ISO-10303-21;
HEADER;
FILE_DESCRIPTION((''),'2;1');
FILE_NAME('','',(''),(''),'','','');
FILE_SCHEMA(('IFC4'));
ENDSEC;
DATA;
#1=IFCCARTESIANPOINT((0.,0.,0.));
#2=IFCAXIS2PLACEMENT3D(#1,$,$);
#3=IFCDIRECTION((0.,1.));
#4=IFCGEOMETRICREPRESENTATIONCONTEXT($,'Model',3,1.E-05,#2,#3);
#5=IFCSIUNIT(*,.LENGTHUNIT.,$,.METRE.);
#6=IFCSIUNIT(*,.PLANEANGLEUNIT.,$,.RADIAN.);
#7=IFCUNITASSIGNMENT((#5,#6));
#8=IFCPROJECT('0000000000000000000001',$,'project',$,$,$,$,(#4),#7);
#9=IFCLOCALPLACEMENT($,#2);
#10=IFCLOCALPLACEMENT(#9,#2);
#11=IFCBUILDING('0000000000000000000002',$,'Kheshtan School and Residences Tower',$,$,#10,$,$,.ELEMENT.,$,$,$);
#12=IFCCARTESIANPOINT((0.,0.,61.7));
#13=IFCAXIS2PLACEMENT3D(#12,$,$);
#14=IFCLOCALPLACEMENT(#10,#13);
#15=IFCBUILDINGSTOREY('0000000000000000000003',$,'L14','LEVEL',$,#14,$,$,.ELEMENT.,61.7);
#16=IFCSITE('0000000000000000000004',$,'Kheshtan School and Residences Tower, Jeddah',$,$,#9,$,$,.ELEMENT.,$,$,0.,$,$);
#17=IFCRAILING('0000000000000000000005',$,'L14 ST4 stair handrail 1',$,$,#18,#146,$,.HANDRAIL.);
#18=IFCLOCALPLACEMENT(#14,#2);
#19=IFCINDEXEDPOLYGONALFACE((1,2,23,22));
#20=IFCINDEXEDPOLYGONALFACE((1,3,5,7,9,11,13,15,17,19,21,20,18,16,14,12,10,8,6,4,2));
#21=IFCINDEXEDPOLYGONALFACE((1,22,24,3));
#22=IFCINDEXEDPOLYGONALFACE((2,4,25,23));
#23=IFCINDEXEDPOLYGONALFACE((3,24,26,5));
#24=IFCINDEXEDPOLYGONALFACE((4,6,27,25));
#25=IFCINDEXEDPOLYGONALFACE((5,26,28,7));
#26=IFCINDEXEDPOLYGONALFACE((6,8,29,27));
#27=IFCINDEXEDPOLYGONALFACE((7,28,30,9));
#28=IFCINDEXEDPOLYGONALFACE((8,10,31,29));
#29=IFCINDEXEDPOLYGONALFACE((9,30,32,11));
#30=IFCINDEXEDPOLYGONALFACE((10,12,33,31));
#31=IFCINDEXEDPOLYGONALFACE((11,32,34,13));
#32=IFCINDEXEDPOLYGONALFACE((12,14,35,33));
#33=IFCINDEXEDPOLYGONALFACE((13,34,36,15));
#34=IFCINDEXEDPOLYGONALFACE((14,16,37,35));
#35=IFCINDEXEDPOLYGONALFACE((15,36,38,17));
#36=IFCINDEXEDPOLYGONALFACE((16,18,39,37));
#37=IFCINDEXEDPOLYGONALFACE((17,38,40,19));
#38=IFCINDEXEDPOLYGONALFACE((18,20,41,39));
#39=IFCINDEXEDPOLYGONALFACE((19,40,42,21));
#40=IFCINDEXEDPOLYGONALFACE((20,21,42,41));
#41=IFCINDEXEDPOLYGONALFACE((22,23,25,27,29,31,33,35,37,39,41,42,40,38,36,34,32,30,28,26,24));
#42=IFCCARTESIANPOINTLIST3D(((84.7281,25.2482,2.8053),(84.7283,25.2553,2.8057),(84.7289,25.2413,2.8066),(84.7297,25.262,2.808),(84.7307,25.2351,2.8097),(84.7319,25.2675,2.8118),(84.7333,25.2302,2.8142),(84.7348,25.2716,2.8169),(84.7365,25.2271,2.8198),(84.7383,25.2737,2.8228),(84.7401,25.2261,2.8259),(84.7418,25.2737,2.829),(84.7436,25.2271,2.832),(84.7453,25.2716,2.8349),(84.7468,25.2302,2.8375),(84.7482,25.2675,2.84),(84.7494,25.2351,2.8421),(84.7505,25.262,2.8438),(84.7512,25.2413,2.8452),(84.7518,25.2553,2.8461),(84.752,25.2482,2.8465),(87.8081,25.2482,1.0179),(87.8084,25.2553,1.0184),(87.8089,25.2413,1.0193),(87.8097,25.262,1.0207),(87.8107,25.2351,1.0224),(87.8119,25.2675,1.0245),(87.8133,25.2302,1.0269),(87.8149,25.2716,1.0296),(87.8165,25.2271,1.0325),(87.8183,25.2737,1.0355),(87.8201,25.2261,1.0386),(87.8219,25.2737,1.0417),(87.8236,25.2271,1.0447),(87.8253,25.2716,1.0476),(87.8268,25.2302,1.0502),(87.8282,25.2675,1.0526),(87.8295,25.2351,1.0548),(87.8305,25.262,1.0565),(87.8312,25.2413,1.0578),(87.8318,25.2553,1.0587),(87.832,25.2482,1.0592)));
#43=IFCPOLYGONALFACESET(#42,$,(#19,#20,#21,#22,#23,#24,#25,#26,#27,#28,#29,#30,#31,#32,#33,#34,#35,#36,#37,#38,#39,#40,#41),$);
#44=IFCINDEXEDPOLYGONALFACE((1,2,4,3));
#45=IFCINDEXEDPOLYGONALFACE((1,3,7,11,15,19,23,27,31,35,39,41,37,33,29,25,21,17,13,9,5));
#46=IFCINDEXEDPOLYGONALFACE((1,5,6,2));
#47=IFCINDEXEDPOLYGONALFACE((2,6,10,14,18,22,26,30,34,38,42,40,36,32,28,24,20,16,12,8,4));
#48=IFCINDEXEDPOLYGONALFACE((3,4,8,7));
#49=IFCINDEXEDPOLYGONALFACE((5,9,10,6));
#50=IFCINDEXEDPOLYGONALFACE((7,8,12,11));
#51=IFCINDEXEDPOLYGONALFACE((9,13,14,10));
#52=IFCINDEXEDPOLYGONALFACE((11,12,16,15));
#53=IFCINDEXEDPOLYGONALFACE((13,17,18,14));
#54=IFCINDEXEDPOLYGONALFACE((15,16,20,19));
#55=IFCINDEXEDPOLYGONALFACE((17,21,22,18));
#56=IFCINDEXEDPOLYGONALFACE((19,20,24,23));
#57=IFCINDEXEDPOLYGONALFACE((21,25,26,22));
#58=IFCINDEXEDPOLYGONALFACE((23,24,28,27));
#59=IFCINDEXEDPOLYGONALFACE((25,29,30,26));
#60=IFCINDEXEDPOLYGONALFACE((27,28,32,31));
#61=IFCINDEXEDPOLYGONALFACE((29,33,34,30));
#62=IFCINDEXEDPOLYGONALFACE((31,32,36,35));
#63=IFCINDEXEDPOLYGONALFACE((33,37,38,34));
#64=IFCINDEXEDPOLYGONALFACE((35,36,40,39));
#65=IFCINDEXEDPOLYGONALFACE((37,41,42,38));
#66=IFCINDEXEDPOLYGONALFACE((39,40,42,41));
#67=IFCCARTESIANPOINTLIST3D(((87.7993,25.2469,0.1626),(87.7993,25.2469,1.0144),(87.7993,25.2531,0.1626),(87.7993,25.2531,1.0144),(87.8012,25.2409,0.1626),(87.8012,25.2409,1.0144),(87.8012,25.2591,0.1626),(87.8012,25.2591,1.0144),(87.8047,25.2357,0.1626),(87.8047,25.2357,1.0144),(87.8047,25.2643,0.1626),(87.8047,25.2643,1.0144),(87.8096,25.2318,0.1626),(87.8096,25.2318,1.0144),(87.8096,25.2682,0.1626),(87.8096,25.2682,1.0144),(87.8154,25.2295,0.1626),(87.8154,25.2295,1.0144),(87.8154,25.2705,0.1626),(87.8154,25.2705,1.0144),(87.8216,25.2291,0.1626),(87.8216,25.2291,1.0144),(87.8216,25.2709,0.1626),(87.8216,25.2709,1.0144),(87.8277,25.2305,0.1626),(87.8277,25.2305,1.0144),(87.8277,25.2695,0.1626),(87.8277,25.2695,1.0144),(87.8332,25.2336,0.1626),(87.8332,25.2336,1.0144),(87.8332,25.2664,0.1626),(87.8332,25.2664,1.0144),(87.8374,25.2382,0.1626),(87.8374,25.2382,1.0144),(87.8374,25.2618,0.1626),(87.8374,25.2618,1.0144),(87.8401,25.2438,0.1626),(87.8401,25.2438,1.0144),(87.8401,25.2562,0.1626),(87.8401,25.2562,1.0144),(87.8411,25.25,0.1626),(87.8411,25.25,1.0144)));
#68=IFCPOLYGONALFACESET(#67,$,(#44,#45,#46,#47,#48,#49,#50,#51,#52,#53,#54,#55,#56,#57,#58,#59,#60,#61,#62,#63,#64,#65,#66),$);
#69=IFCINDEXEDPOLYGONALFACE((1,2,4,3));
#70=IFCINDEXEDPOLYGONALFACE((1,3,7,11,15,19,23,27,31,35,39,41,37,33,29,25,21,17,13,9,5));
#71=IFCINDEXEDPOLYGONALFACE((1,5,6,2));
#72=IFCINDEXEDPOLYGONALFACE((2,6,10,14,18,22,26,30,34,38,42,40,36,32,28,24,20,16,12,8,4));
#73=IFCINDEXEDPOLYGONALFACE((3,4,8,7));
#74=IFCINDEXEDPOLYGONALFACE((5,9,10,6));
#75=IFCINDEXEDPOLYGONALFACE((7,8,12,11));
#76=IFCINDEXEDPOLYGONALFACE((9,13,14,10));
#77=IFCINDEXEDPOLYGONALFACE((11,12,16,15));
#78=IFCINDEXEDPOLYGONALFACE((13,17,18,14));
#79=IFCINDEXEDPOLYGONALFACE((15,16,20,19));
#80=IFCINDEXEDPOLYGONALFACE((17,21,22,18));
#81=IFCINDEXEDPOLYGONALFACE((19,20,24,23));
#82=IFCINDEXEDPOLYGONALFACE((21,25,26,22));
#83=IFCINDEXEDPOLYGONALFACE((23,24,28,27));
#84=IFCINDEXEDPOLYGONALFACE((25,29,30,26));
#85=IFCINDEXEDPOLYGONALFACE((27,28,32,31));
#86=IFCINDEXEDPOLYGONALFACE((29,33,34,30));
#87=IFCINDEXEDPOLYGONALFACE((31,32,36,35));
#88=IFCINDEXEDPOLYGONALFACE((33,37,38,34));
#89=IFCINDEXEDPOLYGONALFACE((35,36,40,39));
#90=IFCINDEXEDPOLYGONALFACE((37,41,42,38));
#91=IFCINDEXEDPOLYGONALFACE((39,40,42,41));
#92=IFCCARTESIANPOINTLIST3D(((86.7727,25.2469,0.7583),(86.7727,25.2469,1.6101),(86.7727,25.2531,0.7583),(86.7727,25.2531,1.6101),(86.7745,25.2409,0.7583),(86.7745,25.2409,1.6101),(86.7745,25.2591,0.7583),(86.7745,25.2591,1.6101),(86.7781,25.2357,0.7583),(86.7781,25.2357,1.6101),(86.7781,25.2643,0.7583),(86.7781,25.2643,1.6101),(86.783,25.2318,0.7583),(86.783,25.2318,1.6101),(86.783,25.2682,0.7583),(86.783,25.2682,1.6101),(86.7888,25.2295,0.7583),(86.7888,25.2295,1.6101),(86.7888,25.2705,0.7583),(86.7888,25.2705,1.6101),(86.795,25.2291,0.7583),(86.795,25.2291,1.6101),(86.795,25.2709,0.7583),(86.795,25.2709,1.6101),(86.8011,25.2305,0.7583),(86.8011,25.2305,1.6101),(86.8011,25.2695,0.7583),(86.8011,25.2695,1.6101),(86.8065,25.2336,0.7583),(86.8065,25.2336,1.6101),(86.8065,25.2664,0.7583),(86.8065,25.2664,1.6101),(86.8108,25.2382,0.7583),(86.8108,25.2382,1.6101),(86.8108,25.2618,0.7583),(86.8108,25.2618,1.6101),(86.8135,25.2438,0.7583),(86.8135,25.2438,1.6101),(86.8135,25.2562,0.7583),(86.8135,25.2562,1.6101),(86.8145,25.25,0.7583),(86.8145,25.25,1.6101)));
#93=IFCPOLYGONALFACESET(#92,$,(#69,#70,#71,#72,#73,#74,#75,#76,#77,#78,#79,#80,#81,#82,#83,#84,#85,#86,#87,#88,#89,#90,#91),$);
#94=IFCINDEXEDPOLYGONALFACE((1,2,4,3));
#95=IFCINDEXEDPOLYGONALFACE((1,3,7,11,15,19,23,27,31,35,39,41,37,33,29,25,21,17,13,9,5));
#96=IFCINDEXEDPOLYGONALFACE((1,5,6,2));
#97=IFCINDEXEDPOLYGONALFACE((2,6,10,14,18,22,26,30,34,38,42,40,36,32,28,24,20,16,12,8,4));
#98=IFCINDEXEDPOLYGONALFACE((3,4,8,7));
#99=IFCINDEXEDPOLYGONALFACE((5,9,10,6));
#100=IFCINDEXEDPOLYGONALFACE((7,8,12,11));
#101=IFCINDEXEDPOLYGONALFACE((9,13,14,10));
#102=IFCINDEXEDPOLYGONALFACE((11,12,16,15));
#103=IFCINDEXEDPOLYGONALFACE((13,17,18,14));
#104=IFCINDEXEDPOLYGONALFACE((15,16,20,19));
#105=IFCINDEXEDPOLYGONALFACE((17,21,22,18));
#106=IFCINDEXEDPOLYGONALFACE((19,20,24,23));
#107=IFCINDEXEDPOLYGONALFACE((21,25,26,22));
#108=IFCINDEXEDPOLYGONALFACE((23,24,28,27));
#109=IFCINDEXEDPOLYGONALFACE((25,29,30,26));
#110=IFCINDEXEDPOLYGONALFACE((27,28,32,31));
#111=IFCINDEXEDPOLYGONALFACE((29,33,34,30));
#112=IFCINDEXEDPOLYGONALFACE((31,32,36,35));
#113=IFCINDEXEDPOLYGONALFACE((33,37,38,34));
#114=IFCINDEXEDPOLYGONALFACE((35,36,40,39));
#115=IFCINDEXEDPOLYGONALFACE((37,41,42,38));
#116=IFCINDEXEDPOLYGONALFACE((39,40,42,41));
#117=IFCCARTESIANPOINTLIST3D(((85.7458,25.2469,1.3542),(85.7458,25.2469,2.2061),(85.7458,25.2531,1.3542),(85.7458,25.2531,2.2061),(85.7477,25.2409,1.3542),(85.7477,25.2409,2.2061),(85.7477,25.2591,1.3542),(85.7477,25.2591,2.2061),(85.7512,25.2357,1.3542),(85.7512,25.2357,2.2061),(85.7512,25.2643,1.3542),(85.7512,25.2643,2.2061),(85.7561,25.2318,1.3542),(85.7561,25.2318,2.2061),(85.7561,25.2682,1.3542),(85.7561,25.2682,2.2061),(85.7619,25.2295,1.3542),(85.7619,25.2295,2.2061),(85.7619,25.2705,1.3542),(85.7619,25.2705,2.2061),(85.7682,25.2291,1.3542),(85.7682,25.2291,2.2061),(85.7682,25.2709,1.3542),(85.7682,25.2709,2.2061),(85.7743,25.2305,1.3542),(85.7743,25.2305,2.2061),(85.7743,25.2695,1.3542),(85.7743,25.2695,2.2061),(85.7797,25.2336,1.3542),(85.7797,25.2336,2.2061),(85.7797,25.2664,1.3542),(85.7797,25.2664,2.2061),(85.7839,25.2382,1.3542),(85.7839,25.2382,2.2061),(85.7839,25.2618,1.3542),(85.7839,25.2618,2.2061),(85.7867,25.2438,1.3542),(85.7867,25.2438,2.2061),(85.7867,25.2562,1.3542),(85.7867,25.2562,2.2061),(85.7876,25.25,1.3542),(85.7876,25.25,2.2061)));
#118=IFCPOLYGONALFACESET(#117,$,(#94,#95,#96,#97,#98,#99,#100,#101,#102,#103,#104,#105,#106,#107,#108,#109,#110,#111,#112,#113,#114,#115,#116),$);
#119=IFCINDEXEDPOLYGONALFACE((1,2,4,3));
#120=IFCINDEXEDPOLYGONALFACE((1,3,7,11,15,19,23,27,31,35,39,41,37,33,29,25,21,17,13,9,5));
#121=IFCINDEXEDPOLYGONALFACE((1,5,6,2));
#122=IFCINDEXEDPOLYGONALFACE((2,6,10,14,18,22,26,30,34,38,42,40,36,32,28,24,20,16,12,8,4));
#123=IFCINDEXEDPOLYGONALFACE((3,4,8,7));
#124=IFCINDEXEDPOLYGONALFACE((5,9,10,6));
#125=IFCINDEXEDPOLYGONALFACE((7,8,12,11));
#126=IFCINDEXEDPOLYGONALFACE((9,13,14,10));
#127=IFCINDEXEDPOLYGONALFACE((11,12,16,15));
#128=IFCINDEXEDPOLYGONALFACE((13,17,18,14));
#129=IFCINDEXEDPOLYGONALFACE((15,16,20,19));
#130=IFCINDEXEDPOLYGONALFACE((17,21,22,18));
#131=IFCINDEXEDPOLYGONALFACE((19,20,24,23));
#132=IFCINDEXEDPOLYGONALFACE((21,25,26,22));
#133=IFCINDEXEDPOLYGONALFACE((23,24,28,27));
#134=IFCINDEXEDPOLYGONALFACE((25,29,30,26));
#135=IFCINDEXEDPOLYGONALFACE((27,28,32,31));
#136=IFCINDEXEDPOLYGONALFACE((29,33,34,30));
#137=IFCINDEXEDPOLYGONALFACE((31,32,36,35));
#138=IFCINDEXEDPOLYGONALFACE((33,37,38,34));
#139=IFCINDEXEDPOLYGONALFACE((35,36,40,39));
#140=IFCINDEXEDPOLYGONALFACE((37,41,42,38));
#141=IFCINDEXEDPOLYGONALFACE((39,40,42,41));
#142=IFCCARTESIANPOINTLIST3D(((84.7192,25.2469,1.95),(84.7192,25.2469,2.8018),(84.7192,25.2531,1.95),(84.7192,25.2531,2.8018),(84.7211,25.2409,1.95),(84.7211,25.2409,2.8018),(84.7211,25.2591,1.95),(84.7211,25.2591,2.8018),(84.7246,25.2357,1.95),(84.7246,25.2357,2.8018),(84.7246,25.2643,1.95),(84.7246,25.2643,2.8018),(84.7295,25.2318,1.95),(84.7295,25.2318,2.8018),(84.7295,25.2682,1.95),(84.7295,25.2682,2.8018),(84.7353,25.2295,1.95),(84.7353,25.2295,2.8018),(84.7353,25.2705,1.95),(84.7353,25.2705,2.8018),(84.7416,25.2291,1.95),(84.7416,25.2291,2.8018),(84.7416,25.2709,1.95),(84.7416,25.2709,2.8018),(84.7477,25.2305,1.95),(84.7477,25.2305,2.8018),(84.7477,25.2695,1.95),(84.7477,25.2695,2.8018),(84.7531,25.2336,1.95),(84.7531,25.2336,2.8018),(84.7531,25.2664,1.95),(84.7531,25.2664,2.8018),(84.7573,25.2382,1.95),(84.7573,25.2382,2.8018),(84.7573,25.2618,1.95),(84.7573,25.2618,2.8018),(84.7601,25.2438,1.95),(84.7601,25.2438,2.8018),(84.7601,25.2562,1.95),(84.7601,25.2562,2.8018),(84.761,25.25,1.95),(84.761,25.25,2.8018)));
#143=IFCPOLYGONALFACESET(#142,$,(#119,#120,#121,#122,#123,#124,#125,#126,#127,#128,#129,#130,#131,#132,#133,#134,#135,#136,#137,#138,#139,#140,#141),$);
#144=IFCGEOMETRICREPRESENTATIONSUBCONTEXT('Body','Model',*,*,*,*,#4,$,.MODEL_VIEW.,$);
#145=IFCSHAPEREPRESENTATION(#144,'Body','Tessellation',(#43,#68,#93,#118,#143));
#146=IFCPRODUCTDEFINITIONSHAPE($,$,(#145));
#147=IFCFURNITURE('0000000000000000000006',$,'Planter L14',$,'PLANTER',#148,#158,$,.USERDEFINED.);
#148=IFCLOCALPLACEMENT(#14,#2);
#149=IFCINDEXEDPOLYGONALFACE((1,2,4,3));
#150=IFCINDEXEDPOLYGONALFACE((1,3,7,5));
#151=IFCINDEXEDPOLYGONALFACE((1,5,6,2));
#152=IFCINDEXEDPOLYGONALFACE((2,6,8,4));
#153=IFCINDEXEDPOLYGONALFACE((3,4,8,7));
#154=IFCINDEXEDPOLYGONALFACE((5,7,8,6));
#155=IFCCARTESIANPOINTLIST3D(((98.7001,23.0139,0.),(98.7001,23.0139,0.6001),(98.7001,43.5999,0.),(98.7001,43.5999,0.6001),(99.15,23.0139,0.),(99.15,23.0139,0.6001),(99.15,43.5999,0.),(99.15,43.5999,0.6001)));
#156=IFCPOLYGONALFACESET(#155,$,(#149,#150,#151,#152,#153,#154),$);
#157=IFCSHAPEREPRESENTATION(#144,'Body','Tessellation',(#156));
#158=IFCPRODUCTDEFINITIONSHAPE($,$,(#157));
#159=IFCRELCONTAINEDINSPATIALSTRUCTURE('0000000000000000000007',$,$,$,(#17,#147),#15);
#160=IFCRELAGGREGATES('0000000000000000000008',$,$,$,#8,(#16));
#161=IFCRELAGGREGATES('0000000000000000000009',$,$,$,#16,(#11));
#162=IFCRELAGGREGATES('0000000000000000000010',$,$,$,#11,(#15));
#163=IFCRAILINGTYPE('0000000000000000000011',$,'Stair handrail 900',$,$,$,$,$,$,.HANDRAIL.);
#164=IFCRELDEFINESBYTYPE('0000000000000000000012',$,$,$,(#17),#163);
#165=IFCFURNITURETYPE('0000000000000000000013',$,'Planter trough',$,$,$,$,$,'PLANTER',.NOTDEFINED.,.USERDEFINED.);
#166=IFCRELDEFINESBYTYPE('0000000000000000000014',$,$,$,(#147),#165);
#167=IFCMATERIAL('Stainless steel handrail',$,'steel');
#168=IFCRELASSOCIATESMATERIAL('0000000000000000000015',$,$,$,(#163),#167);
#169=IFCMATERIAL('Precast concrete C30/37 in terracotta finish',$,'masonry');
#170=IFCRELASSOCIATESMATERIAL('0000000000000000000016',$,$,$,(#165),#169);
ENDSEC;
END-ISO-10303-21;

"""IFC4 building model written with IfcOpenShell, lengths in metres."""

from ifc_helpers import new_model, si_unit, direction, frame, origin, origin_2d, place, context, subcontext, project, spatial, rectangle, circle, extrude, material, type_object, element, save


model = new_model("IFC4")

# Units and contexts
model_context = context("Model", 3, precision=1e-05, world=origin(), true_north=direction((0.0, 1.0)))
body_context = subcontext(model_context, "Body", "Model", "MODEL_VIEW")
ifc_project = project(units=[si_unit("LENGTHUNIT", "METRE"), si_unit("PLANEANGLEUNIT", "RADIAN")], contexts=[model_context])

# Site, building, storey
site_placement = place(None, origin())
site = spatial("IfcSite", under=ifc_project, at=site_placement, Name="Kheshtan School and Residences Tower, Jeddah", CompositionType="ELEMENT", RefElevation=0.0)
building_placement = place(site_placement, origin())
building = spatial("IfcBuilding", under=site, at=building_placement, Name="Kheshtan School and Residences Tower", CompositionType="ELEMENT")
storey_placement = place(building_placement, frame((0.0, 0.0, 61.7)))
storey = spatial("IfcBuildingStorey", under=building, at=storey_placement, Name="L14", Description="LEVEL", CompositionType="ELEMENT", Elevation=61.7)

# Railing
ifc_material_1 = material(Name="Stainless steel handrail", Category="steel")
railing_type_1 = type_object("IfcRailingType", Name="Stair handrail 900", PredefinedType="HANDRAIL", material=ifc_material_1)
railing_1_placement = place(storey_placement, frame((87.8201, 25.25, 0.1626)))
element("IfcRailing", 1, at=railing_1_placement, inside=storey, type_object=railing_type_1, Name="L14 ST4 stair handrail 1", PredefinedType="HANDRAIL", context=body_context, shape_type="SweptSolid", body=[
    extrude(circle(Radius=0.0239, at=origin_2d()), frame((0.0, 0.0, 0.876), z_axis=(-0.86492, 0.0, 0.501909), x_axis=(0.0, -1.0, 0.0)), (0.0, 0.0, 1.0), 3.561),
    extrude(circle(Radius=0.021, at=origin_2d()), origin(), (0.0, 0.0, 1.0), 0.8518),
    extrude(circle(Radius=0.021, at=origin_2d()), frame((-1.0266, 0.0, 0.5957)), (0.0, 0.0, 1.0), 0.8518),
    extrude(circle(Radius=0.021, at=origin_2d()), frame((-2.0535, 0.0, 1.1917)), (0.0, 0.0, 1.0), 0.8518),
    extrude(circle(Radius=0.021, at=origin_2d()), frame((-3.0801, 0.0, 1.7874)), (0.0, 0.0, 1.0), 0.8518),
])

# Furniture
ifc_material_2 = material(Name="Precast concrete C30/37 in terracotta finish", Category="masonry")
furniture_type = type_object("IfcFurnitureType", Name="Planter trough", ElementType="PLANTER", AssemblyPlace="NOTDEFINED", PredefinedType="USERDEFINED", material=ifc_material_2)
furniture_placement = place(storey_placement, frame((98.925, 33.3069, 0.0), z_axis=(0.0, 0.0, 1.0), x_axis=(0.0, -1.0, 0.0)))
element("IfcFurniture", 2, at=furniture_placement, inside=storey, type_object=furniture_type, Name="Planter L14", ObjectType="PLANTER", PredefinedType="USERDEFINED", context=body_context, shape_type="SweptSolid", body=[
    extrude(rectangle(XDim=20.5859, YDim=0.45, at=origin_2d()), origin(), (0.0, 0.0, 1.0), 0.6001),
])

save(model, "model.ifc")
